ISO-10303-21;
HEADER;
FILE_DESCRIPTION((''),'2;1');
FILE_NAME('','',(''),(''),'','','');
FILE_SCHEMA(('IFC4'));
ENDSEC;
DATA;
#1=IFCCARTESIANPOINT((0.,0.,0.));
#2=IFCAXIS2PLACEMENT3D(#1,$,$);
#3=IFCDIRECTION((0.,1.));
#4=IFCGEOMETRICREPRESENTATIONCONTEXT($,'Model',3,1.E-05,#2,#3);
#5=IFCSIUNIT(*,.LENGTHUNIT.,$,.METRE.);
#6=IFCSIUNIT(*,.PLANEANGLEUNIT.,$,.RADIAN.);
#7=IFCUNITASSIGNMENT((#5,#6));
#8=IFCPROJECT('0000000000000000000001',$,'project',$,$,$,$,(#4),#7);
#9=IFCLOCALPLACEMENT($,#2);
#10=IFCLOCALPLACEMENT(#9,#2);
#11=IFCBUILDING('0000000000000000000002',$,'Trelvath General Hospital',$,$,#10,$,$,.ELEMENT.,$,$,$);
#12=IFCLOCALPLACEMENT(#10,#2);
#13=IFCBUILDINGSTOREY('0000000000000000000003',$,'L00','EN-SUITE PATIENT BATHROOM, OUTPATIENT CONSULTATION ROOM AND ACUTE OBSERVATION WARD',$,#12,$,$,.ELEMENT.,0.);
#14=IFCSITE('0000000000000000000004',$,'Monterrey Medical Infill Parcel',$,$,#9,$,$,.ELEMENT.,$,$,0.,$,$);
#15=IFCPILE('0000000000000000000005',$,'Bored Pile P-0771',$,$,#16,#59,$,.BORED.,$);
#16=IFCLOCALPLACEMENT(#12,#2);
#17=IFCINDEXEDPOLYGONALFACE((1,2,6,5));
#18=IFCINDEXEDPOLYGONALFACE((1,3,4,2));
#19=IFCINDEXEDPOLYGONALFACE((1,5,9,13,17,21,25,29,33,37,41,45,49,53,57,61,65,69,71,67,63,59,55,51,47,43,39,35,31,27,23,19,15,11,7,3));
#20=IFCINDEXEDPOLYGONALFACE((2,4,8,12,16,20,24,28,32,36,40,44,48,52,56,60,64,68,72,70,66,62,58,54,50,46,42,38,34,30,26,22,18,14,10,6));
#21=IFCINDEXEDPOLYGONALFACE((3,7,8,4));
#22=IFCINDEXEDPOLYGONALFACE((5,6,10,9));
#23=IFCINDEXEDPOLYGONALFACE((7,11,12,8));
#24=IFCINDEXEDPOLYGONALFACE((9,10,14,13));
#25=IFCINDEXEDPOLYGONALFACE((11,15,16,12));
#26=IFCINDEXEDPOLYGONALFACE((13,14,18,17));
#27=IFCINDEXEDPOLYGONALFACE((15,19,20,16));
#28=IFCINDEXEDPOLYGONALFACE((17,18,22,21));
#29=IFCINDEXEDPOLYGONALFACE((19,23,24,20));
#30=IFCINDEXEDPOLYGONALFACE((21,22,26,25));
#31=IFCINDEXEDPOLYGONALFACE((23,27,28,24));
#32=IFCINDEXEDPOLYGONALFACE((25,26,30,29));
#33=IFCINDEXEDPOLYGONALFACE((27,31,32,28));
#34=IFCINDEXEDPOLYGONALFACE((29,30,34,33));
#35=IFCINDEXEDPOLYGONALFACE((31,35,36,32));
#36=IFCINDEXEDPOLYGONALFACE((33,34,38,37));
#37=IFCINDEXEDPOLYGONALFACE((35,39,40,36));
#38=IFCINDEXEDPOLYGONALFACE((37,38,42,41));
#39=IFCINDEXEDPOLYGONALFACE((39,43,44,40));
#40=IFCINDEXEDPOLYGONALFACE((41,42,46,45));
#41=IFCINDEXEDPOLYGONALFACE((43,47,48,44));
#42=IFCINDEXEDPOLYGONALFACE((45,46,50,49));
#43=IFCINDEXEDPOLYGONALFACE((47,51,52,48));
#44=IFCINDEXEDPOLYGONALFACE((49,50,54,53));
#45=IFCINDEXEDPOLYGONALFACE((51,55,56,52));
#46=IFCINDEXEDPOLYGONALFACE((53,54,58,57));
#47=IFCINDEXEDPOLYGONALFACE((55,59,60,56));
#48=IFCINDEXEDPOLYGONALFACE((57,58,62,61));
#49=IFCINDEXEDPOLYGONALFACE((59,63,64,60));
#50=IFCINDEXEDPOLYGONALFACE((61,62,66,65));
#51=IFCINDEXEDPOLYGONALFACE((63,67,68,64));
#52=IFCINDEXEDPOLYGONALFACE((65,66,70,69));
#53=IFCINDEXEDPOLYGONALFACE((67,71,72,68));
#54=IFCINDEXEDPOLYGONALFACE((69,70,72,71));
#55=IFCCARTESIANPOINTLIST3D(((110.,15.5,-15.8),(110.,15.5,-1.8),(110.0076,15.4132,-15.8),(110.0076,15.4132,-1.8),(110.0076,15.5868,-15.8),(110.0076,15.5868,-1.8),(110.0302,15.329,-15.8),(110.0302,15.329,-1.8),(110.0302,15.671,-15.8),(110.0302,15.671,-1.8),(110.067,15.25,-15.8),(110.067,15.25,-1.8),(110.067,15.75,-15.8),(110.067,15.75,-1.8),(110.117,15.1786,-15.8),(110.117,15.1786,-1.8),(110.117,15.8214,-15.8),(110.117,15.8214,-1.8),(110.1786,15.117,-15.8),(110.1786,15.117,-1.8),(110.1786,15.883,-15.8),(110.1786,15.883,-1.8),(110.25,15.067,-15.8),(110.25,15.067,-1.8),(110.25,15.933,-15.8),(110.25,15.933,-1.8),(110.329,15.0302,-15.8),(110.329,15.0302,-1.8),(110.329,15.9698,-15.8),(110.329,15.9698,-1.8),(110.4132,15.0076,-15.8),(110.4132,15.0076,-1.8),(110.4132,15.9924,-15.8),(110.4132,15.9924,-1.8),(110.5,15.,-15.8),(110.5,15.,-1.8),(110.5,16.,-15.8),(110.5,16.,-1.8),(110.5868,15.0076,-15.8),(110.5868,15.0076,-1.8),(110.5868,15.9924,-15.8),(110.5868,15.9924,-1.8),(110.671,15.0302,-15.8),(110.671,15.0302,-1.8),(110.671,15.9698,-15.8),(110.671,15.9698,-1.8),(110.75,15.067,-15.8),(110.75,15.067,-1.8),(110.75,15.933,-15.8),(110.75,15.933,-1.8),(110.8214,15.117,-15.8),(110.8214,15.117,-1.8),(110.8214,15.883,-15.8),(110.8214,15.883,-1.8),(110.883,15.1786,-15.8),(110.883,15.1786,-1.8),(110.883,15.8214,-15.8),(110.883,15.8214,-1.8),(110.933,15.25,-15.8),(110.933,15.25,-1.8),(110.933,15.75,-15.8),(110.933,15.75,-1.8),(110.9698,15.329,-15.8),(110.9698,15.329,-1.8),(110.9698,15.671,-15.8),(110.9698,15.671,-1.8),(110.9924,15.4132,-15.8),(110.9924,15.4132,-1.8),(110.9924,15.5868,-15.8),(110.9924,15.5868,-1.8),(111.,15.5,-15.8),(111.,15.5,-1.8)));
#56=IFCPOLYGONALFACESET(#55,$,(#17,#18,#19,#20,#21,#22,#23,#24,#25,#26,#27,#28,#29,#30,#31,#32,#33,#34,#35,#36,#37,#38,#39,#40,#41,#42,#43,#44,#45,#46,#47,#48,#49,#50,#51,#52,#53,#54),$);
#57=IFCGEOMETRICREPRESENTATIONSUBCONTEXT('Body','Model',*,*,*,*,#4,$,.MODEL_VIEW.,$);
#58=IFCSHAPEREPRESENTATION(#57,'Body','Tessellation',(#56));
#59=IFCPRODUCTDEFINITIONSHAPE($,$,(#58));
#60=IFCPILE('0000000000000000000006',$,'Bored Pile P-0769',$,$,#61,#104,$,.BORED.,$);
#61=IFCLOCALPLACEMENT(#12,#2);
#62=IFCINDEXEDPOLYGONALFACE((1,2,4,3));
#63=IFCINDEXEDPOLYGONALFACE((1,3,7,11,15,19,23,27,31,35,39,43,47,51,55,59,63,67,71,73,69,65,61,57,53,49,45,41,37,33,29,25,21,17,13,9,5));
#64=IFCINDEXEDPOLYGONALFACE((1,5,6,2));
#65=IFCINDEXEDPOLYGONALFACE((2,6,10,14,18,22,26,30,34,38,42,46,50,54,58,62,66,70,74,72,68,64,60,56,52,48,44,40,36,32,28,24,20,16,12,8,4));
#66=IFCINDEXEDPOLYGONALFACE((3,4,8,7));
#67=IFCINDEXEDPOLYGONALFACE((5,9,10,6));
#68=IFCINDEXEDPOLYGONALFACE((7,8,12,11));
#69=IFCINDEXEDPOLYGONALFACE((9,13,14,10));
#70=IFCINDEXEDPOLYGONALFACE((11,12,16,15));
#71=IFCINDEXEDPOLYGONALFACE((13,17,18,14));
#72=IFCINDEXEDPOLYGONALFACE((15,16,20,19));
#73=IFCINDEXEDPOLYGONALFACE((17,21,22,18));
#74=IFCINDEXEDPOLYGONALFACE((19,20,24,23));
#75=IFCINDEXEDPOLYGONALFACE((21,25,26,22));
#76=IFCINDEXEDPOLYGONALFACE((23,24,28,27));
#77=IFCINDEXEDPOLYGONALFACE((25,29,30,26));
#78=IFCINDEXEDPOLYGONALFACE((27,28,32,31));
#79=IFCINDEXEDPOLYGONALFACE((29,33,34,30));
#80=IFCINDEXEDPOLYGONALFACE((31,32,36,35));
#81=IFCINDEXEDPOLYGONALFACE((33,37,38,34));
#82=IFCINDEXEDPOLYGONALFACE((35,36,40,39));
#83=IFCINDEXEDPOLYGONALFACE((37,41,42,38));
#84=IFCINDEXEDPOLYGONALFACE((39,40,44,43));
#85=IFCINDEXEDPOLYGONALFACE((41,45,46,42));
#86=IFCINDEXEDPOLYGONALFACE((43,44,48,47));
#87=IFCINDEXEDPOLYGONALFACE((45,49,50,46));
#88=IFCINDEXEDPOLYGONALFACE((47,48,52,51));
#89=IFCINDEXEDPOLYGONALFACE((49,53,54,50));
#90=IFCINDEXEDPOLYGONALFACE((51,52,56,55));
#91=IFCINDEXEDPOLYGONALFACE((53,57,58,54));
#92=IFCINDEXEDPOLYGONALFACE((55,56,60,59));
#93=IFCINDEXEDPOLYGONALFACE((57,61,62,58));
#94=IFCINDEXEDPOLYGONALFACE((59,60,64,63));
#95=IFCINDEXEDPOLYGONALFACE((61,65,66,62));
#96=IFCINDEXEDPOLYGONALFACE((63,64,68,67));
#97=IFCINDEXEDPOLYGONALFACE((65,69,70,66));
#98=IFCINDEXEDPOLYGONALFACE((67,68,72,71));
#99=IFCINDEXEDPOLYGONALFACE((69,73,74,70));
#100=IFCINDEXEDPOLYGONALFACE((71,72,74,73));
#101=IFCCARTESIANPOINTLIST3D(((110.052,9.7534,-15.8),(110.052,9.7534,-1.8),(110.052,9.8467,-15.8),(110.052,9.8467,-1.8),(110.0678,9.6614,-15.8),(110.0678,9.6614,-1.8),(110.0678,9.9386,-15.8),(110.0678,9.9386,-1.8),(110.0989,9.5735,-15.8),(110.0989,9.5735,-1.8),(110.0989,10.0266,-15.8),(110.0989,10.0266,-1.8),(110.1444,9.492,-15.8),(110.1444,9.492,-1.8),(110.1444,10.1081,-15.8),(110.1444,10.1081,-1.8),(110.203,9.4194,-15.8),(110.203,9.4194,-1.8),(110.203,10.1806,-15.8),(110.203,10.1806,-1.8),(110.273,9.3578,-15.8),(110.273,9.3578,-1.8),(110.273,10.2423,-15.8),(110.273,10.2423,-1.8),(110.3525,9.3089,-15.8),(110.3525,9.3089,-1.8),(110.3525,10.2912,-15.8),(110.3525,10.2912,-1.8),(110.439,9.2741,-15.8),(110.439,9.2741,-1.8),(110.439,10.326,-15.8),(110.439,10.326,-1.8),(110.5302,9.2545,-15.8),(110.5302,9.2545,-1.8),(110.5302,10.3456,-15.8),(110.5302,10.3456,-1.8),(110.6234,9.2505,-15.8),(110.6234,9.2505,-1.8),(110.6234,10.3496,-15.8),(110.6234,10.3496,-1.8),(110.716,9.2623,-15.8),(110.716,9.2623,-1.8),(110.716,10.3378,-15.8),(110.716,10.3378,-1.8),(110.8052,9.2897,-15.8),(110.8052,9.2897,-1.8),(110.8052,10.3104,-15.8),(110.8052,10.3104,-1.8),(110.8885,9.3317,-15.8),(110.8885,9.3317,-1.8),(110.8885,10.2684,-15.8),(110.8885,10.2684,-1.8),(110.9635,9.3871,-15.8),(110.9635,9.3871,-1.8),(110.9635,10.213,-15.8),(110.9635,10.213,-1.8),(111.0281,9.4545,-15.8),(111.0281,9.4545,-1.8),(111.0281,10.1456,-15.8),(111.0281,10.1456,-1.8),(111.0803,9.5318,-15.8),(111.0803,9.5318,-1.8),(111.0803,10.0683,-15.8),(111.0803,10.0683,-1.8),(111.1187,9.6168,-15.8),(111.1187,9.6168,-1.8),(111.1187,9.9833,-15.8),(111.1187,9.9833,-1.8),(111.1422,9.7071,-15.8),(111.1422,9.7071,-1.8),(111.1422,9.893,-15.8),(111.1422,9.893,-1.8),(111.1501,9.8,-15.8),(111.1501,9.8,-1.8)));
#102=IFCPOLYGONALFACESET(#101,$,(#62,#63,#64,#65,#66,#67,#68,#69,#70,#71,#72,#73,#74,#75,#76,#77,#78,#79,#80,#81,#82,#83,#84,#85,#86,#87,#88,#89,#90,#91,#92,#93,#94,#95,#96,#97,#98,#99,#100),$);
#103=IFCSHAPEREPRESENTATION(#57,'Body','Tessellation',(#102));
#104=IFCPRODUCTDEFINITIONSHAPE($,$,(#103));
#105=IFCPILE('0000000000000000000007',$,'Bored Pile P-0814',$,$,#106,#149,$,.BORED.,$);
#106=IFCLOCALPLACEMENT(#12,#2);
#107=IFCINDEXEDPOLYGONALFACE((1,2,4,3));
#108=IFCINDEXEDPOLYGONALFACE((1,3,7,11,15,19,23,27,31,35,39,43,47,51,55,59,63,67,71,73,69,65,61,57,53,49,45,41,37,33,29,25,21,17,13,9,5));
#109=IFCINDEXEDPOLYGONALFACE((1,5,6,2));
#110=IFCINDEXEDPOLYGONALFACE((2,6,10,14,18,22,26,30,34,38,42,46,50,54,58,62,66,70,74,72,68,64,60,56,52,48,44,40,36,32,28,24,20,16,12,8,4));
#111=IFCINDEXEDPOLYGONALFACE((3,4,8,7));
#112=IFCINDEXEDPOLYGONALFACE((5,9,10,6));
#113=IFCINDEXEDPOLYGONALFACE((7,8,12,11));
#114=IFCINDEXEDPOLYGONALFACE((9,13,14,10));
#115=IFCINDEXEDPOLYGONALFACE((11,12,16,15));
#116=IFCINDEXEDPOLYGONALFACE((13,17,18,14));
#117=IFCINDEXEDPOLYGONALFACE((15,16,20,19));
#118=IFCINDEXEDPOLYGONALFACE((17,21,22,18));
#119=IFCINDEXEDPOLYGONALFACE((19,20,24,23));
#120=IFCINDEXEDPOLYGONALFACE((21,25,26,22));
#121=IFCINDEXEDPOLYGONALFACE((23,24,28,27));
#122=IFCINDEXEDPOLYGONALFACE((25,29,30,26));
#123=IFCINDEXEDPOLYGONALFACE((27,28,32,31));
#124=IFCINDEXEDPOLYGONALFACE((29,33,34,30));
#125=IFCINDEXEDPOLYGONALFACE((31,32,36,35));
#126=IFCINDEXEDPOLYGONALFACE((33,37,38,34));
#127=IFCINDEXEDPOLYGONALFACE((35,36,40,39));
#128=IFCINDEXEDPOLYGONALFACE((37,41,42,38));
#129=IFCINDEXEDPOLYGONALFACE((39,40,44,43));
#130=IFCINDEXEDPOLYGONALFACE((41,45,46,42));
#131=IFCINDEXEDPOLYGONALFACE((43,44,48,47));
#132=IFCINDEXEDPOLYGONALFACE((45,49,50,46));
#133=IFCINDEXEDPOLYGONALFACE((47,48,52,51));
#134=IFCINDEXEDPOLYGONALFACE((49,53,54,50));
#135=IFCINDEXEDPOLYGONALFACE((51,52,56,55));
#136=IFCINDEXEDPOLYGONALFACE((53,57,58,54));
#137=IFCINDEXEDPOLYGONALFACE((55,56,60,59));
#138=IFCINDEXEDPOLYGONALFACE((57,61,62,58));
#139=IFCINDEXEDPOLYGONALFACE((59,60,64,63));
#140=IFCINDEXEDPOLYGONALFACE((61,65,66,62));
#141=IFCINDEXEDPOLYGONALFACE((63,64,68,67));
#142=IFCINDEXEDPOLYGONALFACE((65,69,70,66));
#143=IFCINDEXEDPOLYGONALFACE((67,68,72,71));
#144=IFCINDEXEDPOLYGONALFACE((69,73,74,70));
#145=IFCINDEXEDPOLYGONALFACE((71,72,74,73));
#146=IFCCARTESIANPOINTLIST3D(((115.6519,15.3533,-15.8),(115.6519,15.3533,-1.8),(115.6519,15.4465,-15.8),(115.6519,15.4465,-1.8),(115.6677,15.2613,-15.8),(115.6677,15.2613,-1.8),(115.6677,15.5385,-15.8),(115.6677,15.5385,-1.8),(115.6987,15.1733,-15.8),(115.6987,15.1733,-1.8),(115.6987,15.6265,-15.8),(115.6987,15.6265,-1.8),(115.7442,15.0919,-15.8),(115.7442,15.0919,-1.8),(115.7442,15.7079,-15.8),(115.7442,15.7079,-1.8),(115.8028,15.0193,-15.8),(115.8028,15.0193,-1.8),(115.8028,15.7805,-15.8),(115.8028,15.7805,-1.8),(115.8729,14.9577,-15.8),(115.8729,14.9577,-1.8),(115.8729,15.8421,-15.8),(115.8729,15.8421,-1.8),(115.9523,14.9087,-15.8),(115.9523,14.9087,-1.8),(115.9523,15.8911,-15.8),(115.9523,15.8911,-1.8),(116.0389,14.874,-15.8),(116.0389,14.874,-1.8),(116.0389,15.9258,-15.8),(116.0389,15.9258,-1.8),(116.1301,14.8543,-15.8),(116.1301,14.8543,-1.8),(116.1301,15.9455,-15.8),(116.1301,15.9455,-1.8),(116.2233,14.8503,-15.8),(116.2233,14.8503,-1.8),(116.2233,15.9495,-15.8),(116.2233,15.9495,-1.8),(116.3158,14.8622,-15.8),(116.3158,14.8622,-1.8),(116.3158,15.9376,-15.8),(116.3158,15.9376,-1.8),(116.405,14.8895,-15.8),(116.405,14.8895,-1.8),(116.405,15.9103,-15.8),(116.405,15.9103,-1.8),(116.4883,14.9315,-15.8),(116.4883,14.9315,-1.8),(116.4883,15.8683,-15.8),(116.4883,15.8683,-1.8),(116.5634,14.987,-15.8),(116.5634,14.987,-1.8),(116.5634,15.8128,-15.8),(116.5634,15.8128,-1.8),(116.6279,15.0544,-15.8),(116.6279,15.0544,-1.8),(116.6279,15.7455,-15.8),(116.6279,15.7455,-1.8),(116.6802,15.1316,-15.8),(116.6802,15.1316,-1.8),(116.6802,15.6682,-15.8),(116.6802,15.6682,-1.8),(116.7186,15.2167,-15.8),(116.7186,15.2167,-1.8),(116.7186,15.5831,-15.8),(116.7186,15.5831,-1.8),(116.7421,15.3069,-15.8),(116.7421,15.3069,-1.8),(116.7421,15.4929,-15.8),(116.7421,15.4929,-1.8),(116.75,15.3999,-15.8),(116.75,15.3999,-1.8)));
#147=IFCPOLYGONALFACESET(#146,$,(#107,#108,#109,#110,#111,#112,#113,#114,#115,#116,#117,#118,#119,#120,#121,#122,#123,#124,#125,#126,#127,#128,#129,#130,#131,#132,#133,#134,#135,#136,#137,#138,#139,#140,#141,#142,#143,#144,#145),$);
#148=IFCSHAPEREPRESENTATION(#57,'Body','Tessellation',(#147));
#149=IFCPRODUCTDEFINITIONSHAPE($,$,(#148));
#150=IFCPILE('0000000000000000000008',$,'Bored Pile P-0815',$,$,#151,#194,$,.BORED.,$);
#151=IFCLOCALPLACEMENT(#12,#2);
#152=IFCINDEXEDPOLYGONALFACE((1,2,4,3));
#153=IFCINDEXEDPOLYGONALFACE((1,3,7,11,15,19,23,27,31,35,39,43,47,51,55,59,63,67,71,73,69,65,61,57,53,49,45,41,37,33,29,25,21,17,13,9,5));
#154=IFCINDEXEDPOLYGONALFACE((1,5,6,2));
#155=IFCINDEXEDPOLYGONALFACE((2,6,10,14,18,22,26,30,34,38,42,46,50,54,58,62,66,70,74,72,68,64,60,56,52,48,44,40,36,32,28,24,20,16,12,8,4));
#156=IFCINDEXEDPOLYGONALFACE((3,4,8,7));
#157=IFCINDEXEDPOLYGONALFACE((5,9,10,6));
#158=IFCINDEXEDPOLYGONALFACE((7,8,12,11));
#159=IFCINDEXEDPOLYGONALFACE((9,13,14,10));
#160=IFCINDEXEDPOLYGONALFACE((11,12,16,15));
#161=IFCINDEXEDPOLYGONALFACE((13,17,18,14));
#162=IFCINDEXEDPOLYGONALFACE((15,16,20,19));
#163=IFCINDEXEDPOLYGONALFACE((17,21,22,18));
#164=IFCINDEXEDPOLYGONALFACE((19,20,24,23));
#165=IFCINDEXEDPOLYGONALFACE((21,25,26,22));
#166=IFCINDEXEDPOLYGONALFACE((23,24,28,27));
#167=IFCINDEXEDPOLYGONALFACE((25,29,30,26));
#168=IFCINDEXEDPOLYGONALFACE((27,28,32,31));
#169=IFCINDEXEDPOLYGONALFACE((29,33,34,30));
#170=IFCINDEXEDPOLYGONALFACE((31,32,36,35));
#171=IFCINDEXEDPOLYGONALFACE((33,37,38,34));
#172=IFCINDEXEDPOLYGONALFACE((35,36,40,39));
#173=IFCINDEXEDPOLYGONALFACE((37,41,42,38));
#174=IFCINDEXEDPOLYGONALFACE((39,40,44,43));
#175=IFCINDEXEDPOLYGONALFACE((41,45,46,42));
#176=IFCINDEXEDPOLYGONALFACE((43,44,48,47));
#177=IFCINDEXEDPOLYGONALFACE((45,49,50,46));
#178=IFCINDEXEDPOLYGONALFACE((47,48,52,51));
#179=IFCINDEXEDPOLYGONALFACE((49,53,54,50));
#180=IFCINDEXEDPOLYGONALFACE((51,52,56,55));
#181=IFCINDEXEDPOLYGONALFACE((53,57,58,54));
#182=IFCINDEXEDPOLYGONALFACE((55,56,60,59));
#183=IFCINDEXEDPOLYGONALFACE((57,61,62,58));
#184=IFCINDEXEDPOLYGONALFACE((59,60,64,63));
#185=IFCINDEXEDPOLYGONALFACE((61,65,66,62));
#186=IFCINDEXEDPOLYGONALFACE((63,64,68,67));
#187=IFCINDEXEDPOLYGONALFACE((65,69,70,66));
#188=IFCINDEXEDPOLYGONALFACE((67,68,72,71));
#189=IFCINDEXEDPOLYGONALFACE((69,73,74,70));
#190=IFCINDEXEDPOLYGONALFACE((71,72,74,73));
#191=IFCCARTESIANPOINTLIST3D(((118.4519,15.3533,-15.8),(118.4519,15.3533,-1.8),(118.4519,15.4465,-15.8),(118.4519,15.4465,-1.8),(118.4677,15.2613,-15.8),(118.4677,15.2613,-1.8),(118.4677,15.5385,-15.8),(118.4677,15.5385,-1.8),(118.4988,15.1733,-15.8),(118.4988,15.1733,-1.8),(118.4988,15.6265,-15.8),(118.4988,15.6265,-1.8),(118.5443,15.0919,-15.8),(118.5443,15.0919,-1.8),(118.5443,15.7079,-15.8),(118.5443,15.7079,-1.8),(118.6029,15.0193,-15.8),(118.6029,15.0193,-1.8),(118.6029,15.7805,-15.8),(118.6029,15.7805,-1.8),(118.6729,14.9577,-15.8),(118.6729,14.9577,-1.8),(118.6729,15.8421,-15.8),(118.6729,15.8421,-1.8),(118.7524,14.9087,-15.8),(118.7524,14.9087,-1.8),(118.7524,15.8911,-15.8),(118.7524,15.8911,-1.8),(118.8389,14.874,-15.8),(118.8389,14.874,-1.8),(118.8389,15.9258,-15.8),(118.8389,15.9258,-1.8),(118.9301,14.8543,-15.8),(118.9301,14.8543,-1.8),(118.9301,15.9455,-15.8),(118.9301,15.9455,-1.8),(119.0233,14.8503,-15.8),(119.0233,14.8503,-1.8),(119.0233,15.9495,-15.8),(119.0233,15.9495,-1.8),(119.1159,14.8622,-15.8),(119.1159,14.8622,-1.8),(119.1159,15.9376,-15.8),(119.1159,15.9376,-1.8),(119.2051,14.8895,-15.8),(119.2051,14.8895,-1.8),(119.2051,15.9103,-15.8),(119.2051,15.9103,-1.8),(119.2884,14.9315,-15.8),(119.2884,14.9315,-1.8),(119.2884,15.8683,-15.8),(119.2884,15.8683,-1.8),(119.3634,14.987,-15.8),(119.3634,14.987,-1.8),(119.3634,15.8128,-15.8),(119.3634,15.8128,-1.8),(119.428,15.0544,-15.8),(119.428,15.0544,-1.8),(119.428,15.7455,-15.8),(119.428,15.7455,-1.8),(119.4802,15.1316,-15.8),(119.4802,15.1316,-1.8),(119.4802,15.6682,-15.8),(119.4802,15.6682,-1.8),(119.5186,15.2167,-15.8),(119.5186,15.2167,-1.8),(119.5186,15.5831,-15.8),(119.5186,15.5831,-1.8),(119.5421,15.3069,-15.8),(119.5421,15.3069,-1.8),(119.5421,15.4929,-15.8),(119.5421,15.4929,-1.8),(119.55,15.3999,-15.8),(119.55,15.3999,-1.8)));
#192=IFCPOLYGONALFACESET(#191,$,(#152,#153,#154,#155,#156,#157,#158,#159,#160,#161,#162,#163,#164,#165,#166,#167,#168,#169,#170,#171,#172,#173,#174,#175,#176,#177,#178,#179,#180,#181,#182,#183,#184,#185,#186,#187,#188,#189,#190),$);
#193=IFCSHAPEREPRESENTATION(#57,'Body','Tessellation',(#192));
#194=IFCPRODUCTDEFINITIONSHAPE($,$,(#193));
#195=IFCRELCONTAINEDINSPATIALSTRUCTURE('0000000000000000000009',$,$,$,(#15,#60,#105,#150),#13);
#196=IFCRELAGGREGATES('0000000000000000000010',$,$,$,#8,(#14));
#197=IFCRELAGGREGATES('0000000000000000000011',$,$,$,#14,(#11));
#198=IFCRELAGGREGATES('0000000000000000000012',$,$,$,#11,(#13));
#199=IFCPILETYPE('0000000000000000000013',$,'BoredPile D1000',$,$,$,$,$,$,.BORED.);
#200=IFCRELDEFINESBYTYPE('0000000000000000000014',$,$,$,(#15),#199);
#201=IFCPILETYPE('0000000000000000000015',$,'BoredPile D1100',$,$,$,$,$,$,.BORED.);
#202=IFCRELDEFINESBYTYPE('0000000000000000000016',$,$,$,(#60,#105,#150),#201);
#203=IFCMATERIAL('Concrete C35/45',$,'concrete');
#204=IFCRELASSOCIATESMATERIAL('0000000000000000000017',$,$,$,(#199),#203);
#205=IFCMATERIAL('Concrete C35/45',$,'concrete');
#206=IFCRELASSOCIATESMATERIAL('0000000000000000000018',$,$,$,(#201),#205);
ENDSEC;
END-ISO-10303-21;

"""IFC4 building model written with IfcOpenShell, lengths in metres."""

from ifc_helpers import new_model, si_unit, direction, frame, origin, origin_2d, place, context, subcontext, project, spatial, circle, extrude, material, material_profile, profile_set, type_object, element, save


model = new_model("IFC4")

# Units and contexts
model_context = context("Model", 3, precision=1e-05, world=origin(), true_north=direction((0.0, 1.0)))
body_context = subcontext(model_context, "Body", "Model", "MODEL_VIEW")
ifc_project = project(units=[si_unit("LENGTHUNIT", "METRE"), si_unit("PLANEANGLEUNIT", "RADIAN")], contexts=[model_context])

# Site, building, storey
site_placement = place(None, origin())
site = spatial("IfcSite", under=ifc_project, at=site_placement, Name="Monterrey Medical Infill Parcel", CompositionType="ELEMENT", RefElevation=0.0)
building_placement = place(site_placement, origin())
building = spatial("IfcBuilding", under=site, at=building_placement, Name="Trelvath General Hospital", CompositionType="ELEMENT")
storey_placement = place(building_placement, origin())
storey = spatial("IfcBuildingStorey", under=building, at=storey_placement, Name="L00", Description="EN-SUITE PATIENT BATHROOM, OUTPATIENT CONSULTATION ROOM AND ACUTE OBSERVATION WARD", CompositionType="ELEMENT", Elevation=0.0)

# Piles
ifc_material_1 = material(Name="Concrete C35/45", Category="concrete")
ifc_material_profile_1 = material_profile(ifc_material_1, circle(Radius=0.5, at=origin_2d()), Name="PILE1000")
ifc_profile_set_1 = profile_set([ifc_material_profile_1], Name="Concrete C35/45")
pile_type_1 = type_object("IfcPileType", Name="BoredPile D1000", PredefinedType="BORED", material=ifc_profile_set_1)
pile_placement = place(storey_placement, frame((110.5, 15.5, -1.8), z_axis=(0.0, 0.0, -1.0), x_axis=(1.0, 0.0, 0.0)))
element("IfcPile", 1, at=pile_placement, inside=storey, type_object=pile_type_1, Name="Bored Pile P-0771", PredefinedType="BORED", context=body_context, shape_type="SweptSolid", body=[
    extrude(circle(Radius=0.5, at=origin_2d()), origin(), (0.0, 0.0, 1.0), 14.0),
])
ifc_material_2 = material(Name="Concrete C35/45", Category="concrete")
ifc_material_profile_2 = material_profile(ifc_material_2, circle(Radius=0.55, at=origin_2d()), Name="PILE1100")
ifc_profile_set_2 = profile_set([ifc_material_profile_2], Name="Concrete C35/45")
pile_type_2 = type_object("IfcPileType", Name="BoredPile D1100", PredefinedType="BORED", material=ifc_profile_set_2)
for number, where, z_axis, x_axis, name in (
    (2, (110.6001, 9.8, -1.8), (0.0, 0.0, -1.0), (1.0, 0.0, 0.0), "Bored Pile P-0769"),
    (3, (116.2, 15.3999, -1.8), (0.0, 0.0, -1.0), (1.0, 0.0, 0.0), "Bored Pile P-0814"),
    (4, (119.0, 15.3999, -1.8), (0.0, 0.0, -1.0), (1.0, 0.0, 0.0), "Bored Pile P-0815"),
):
    element("IfcPile", number, at=place(storey_placement, frame(where, z_axis=z_axis, x_axis=x_axis)), inside=storey, type_object=pile_type_2, Name=name, PredefinedType="BORED", context=body_context, shape_type="SweptSolid", body=[
        extrude(circle(Radius=0.55, at=origin_2d()), origin(), (0.0, 0.0, 1.0), 14.0),
    ])

save(model, "model.ifc")
